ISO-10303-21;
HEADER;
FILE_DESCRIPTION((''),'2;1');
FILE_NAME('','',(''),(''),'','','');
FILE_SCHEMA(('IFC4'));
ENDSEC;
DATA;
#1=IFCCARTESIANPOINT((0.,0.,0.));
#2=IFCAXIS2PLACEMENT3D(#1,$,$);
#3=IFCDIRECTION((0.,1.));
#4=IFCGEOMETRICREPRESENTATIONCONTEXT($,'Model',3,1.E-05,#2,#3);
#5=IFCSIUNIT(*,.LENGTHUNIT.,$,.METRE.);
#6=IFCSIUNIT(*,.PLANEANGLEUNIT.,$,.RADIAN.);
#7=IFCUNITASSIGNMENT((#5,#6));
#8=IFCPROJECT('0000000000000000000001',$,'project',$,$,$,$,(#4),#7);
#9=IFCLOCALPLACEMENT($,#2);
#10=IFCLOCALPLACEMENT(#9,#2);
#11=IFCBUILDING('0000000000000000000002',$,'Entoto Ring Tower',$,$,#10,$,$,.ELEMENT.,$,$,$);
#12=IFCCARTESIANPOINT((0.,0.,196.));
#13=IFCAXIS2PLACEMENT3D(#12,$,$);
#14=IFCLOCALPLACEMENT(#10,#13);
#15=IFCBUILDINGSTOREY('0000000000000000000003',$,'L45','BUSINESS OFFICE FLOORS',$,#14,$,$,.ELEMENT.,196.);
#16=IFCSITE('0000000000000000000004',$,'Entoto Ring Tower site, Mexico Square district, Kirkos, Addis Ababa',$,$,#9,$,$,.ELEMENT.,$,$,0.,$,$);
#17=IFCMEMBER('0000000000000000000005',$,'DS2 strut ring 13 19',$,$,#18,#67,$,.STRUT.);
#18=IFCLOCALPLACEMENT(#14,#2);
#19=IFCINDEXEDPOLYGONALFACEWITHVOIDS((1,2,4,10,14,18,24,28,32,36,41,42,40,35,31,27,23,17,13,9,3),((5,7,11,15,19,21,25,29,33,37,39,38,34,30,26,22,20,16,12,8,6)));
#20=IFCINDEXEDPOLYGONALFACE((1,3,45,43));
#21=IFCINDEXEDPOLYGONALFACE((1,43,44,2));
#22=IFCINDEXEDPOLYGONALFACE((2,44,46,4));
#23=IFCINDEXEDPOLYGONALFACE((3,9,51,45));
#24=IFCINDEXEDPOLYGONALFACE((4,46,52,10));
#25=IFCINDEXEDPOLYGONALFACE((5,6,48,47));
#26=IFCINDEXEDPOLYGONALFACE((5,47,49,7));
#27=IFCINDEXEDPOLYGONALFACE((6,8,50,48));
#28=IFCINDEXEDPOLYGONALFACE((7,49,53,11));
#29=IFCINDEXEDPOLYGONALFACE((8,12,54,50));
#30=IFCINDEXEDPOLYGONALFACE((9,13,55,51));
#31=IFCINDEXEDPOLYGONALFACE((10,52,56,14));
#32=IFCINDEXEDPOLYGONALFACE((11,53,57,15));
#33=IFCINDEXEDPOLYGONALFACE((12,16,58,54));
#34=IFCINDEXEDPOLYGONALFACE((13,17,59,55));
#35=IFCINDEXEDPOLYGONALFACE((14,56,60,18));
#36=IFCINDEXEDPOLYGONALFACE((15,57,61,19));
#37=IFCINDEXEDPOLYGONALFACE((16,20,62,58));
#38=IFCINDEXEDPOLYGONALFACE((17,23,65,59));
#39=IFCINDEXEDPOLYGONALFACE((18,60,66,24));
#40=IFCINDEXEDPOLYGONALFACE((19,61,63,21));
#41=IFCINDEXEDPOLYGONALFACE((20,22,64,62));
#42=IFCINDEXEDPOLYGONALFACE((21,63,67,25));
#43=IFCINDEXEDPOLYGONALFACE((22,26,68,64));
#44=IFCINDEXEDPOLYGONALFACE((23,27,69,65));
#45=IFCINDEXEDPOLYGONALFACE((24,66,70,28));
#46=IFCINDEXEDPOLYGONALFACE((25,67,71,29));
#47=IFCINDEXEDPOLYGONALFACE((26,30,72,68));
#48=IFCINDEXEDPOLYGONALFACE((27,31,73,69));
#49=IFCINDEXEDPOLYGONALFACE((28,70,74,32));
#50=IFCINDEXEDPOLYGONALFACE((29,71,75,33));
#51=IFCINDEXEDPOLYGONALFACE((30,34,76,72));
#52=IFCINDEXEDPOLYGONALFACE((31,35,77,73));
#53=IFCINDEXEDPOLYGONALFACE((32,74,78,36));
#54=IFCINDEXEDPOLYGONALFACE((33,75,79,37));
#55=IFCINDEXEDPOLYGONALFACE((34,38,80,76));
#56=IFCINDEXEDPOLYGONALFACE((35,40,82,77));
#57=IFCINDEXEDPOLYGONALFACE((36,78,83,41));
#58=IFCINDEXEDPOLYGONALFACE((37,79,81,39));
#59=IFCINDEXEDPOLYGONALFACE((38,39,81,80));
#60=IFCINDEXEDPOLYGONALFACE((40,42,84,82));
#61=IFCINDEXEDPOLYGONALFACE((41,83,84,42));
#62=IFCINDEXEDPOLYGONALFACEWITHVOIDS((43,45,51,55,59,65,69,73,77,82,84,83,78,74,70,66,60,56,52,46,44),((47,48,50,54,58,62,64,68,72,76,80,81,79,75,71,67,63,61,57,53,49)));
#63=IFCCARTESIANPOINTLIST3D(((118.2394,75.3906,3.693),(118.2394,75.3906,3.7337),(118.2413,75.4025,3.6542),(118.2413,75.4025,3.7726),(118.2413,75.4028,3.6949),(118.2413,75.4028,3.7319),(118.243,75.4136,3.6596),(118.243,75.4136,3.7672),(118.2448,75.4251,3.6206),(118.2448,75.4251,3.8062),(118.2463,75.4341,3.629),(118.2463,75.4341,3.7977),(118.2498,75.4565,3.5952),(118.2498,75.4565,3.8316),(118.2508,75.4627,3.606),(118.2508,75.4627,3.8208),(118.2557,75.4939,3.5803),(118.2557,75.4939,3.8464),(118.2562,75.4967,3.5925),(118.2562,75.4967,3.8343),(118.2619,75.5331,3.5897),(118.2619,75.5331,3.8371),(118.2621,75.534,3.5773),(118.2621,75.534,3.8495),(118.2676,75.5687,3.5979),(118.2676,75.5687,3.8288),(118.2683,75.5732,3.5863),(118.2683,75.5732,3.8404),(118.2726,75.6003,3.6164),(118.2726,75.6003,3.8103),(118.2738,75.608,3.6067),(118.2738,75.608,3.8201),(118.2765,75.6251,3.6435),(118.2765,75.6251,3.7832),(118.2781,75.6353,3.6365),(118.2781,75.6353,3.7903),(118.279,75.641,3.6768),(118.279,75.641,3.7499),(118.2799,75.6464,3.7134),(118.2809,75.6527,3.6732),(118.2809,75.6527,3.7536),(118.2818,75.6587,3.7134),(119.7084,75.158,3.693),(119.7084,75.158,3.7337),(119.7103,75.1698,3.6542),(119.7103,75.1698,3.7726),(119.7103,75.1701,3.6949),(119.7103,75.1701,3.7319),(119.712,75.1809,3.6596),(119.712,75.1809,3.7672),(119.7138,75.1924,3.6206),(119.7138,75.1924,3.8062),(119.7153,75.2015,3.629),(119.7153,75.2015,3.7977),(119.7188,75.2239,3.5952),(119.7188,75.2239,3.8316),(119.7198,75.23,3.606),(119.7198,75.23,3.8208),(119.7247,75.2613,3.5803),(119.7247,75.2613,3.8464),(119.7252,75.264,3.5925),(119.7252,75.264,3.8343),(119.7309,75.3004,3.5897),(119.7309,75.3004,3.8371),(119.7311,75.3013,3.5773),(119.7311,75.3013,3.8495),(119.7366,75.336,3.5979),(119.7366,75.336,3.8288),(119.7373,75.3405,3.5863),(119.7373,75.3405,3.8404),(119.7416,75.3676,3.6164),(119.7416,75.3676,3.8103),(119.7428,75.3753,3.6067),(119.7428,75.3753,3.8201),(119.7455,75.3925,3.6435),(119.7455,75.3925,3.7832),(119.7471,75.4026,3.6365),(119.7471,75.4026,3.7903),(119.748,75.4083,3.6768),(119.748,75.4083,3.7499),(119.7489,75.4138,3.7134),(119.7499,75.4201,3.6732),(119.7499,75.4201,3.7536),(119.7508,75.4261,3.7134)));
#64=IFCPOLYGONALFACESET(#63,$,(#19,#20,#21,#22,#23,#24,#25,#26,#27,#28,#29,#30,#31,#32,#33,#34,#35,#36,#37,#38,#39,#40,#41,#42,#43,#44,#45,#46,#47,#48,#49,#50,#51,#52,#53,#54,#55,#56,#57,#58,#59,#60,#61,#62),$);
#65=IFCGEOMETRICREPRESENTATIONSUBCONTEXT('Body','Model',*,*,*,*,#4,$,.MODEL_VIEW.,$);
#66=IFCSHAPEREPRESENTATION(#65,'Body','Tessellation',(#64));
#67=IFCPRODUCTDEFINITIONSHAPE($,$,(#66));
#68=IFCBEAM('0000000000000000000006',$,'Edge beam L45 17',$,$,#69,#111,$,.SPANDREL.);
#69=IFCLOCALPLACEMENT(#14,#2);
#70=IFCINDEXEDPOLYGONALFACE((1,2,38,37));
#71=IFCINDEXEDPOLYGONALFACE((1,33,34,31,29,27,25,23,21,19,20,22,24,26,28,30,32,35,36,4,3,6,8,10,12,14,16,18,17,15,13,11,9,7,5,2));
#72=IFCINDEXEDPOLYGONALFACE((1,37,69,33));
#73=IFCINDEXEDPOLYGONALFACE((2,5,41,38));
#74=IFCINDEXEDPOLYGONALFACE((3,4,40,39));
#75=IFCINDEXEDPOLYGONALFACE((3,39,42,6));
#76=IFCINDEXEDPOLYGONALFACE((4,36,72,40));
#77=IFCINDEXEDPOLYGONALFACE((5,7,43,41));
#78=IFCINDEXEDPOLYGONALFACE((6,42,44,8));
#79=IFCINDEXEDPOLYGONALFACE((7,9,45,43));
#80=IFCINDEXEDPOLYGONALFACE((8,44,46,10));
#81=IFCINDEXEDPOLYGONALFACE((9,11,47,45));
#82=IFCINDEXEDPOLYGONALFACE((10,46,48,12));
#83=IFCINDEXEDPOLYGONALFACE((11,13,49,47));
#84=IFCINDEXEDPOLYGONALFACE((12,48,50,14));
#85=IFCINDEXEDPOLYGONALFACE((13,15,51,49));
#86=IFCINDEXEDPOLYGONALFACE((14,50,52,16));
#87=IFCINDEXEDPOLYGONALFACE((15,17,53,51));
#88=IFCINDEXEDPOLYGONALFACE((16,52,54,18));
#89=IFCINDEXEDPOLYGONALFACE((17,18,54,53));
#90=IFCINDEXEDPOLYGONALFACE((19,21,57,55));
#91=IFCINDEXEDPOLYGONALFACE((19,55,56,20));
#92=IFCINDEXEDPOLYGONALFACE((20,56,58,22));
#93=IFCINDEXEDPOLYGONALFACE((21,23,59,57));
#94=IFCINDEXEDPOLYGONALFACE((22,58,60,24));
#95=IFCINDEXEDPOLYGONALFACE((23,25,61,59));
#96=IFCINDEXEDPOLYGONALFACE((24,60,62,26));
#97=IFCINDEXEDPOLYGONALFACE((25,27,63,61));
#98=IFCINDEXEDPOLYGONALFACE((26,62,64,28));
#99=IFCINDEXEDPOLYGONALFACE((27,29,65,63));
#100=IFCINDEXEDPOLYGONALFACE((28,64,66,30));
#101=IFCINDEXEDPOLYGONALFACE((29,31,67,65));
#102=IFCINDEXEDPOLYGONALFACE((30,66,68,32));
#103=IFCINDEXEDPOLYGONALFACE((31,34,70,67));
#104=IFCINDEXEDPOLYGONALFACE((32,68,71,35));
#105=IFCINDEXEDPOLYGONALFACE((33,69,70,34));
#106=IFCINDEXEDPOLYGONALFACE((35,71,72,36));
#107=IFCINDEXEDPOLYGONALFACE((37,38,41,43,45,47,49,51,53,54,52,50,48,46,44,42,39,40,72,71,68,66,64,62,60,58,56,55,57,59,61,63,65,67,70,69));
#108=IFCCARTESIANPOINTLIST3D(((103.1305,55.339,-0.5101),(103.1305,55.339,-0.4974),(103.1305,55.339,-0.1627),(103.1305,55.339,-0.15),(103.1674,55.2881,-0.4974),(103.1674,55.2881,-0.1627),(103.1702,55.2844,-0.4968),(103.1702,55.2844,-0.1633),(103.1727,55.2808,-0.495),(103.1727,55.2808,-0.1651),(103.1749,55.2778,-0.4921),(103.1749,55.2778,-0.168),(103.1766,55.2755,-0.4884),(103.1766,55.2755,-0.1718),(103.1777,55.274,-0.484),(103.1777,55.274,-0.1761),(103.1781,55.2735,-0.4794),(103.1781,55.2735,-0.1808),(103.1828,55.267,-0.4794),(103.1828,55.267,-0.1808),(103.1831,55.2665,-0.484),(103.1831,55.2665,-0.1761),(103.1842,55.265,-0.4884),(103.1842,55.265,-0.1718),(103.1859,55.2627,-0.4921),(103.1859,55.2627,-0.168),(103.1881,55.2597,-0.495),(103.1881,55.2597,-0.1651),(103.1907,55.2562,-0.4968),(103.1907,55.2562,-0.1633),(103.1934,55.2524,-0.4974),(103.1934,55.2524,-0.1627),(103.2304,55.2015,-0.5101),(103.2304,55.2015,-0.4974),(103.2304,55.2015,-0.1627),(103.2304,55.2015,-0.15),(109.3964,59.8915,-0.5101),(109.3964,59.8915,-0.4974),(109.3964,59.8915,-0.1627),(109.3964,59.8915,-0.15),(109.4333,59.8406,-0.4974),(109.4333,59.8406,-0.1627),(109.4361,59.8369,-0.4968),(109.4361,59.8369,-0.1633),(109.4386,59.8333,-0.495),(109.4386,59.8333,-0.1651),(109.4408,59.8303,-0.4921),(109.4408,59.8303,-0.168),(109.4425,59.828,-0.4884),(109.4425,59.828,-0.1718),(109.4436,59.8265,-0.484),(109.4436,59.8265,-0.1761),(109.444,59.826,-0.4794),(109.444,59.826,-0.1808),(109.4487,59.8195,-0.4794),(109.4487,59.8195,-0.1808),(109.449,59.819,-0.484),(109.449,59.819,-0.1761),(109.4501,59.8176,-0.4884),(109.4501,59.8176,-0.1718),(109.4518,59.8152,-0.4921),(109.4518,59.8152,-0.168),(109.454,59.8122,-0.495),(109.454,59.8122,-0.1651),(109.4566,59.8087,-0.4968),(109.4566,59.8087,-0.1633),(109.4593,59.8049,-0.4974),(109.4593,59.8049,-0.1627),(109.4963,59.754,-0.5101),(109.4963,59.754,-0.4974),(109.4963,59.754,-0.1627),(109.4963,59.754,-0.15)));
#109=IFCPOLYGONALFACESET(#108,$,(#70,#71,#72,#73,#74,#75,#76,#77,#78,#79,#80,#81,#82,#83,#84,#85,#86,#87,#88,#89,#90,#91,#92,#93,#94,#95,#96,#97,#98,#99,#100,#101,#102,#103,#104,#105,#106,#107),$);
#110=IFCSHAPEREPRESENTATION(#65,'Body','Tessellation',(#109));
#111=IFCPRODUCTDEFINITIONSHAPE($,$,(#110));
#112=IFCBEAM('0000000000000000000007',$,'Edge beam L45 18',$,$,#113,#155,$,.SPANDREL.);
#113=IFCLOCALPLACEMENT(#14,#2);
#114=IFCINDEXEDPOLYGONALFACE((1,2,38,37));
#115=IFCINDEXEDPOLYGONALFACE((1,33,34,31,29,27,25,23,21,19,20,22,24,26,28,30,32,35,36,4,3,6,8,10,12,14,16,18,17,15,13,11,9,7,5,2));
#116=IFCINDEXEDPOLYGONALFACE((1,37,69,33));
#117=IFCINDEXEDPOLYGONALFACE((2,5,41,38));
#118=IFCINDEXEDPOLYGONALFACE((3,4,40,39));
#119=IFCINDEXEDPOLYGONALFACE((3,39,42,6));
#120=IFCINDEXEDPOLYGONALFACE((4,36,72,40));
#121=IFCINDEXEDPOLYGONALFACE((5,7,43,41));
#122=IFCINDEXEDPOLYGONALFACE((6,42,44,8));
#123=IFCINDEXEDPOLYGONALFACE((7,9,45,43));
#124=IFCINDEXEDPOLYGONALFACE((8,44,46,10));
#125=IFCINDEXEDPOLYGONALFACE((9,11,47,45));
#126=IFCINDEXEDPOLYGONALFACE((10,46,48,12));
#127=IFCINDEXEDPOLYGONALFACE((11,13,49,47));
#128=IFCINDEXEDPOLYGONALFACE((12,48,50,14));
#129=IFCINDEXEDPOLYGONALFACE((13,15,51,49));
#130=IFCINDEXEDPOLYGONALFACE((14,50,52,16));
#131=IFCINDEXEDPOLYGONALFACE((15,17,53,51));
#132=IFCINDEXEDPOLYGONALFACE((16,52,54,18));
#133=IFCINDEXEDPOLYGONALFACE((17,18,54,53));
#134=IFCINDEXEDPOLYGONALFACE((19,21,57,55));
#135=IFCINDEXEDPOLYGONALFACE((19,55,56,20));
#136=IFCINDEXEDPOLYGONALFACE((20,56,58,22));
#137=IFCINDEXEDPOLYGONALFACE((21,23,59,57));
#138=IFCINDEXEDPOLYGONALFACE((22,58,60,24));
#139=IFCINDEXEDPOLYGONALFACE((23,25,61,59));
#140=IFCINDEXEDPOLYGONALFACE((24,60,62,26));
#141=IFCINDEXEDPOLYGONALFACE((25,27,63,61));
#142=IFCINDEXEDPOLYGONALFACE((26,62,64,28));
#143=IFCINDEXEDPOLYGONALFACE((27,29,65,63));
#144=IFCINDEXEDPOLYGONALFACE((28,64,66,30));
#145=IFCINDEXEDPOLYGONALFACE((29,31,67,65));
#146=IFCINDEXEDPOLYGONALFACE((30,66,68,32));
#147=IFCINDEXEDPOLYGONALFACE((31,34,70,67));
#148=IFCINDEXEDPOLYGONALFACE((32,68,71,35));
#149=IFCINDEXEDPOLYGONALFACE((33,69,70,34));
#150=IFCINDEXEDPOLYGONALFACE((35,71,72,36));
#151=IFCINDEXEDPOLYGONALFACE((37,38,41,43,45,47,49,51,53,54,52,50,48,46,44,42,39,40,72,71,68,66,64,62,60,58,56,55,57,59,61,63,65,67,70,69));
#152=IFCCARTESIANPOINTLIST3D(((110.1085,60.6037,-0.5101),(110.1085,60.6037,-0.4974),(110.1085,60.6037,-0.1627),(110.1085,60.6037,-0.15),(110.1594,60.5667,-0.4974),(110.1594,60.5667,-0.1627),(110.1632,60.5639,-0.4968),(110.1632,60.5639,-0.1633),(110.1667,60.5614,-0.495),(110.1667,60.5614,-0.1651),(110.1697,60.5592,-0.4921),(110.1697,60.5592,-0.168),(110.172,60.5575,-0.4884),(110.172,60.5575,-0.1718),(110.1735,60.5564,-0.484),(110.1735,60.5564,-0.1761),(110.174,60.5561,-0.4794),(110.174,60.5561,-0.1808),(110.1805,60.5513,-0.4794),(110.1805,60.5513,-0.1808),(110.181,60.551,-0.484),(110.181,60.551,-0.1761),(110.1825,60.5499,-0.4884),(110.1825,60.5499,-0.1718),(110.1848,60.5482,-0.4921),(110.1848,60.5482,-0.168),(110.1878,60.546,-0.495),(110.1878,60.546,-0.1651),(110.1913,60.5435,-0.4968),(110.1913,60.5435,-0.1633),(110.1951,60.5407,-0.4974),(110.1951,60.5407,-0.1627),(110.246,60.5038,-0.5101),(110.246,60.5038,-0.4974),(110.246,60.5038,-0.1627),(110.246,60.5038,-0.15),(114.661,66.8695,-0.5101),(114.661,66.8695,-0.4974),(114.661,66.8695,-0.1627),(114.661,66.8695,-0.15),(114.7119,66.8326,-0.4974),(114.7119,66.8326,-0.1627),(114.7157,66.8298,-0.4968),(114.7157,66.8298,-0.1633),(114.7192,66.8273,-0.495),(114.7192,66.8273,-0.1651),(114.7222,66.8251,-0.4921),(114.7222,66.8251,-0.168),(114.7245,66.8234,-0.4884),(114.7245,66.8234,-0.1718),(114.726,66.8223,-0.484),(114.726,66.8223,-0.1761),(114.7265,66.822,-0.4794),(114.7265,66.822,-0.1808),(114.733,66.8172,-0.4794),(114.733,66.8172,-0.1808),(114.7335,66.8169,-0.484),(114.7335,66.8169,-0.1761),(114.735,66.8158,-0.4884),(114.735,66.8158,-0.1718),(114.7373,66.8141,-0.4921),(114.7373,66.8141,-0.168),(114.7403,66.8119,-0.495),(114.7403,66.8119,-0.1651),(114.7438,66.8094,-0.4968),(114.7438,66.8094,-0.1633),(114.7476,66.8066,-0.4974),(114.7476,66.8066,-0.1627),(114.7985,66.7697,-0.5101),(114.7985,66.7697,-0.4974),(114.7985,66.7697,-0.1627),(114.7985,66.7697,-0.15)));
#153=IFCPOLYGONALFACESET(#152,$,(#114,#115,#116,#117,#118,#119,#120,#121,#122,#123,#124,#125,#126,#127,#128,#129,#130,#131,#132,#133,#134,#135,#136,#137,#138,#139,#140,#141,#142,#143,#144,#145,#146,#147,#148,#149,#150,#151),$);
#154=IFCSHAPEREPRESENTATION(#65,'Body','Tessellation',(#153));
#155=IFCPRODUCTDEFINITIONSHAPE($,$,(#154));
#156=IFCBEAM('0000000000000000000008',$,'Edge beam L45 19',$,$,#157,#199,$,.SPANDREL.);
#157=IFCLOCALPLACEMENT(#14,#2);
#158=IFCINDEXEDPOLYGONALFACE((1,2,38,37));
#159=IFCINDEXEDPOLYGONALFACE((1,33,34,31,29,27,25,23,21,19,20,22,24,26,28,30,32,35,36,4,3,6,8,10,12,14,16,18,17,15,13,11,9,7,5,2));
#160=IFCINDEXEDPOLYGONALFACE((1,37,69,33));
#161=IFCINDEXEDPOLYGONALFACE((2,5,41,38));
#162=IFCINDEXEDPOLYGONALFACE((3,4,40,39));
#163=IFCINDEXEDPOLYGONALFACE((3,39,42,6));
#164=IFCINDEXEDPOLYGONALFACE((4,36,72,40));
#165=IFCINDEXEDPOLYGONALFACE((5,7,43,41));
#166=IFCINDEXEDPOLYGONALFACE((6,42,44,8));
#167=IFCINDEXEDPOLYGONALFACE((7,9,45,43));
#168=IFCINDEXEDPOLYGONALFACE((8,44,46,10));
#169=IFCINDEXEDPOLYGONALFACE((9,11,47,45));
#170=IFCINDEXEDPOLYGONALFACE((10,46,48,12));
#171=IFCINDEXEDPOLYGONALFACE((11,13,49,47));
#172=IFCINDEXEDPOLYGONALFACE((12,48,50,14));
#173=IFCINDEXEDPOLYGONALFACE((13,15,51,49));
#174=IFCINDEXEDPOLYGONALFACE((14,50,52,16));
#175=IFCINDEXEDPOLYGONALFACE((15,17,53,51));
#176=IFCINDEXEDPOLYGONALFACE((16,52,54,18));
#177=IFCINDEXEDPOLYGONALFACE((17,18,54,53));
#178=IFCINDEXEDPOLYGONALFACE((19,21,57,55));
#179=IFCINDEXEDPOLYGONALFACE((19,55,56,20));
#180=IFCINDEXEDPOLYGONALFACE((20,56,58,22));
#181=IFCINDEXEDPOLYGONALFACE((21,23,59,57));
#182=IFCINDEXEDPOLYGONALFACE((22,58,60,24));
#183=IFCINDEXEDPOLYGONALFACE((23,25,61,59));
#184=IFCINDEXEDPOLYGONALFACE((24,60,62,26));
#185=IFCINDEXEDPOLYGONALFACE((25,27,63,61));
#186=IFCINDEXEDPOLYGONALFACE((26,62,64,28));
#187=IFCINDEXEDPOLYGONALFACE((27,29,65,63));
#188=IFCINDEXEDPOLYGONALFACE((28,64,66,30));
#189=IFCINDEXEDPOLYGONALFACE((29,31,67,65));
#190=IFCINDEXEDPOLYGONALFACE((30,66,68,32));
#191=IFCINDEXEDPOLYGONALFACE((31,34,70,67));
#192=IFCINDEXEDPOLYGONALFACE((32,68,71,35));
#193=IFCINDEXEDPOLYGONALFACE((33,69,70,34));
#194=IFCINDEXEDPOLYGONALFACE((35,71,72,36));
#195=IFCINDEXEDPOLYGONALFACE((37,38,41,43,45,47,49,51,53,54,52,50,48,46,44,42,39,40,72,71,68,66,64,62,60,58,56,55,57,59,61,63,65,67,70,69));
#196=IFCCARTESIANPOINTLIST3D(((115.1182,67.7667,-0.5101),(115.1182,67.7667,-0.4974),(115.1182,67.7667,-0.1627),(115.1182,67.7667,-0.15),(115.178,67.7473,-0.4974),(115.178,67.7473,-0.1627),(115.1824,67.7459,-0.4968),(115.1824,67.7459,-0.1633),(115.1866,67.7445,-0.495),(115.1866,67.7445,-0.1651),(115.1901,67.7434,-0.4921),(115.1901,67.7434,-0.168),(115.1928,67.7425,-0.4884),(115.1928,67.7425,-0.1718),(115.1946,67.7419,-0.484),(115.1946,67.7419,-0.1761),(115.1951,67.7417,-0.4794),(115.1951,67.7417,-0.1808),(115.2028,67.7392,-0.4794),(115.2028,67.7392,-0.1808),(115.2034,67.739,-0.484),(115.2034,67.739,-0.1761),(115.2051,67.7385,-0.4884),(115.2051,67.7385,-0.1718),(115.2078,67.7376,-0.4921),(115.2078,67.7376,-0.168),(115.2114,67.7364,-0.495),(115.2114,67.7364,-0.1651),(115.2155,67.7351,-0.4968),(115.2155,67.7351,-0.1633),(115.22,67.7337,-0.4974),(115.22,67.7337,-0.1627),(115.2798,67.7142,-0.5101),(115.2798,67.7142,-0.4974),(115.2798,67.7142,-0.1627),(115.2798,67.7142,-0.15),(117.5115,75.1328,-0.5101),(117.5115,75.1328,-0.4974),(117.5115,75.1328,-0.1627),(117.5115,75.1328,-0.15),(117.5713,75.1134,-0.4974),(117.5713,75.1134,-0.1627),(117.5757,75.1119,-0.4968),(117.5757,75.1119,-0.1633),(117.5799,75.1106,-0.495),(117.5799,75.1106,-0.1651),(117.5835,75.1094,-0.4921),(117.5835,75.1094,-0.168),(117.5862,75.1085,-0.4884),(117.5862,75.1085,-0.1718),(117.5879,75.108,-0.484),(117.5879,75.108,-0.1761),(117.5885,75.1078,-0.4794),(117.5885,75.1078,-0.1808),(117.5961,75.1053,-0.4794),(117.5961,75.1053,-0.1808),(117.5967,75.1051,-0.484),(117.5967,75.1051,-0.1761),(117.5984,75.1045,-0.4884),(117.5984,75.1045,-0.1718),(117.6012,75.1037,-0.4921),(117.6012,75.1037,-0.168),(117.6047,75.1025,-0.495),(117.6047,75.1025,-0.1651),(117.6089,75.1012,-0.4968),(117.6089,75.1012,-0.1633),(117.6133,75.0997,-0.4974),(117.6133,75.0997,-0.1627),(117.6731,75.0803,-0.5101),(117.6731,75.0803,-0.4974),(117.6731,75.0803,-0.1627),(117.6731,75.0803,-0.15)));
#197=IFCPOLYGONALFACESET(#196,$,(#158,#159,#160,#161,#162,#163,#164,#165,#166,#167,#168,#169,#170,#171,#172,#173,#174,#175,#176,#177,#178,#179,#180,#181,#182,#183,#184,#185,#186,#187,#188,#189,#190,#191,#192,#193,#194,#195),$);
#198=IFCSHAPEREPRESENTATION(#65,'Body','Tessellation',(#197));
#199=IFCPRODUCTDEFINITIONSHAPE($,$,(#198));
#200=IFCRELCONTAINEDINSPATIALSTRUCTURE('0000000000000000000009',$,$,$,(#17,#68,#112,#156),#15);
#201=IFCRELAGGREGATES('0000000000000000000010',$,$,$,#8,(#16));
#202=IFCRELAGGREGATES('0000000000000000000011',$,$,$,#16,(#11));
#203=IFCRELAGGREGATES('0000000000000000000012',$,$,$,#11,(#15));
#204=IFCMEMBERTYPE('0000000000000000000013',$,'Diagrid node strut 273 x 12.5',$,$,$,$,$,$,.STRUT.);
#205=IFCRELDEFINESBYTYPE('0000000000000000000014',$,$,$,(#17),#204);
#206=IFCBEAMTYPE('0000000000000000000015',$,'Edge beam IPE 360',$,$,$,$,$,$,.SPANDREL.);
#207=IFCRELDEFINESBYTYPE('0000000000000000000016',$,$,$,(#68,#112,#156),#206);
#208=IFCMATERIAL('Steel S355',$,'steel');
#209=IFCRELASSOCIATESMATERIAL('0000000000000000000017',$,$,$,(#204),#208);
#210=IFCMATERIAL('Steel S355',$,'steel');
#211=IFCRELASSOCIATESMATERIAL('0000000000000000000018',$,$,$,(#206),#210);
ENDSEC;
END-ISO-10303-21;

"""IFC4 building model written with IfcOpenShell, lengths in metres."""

from ifc_helpers import new_model, si_unit, direction, frame, origin, origin_2d, place, context, subcontext, project, spatial, circle, hollow_circle, i_section, extrude, material, material_profile, profile_set, type_object, element, save


model = new_model("IFC4")

# Units and contexts
model_context = context("Model", 3, precision=1e-05, world=origin(), true_north=direction((0.0, 1.0)))
body_context = subcontext(model_context, "Body", "Model", "MODEL_VIEW")
ifc_project = project(units=[si_unit("LENGTHUNIT", "METRE"), si_unit("PLANEANGLEUNIT", "RADIAN")], contexts=[model_context])

# Site, building, storey
site_placement = place(None, origin())
site = spatial("IfcSite", under=ifc_project, at=site_placement, Name="Entoto Ring Tower site, Mexico Square district, Kirkos, Addis Ababa", CompositionType="ELEMENT", RefElevation=0.0)
building_placement = place(site_placement, origin())
building = spatial("IfcBuilding", under=site, at=building_placement, Name="Entoto Ring Tower", CompositionType="ELEMENT")
storey_placement = place(building_placement, frame((0.0, 0.0, 196.0)))
storey = spatial("IfcBuildingStorey", under=building, at=storey_placement, Name="L45", Description="BUSINESS OFFICE FLOORS", CompositionType="ELEMENT", Elevation=196.0)

# Member
ifc_material_1 = material(Name="Steel S355", Category="steel")
ifc_material_profile_1 = material_profile(ifc_material_1, hollow_circle(Radius=0.1365, WallThickness=0.0125, at=origin_2d()), Name="CHS 273 x 12.5")
ifc_material_2 = material(Name="Concrete C60/75", Category="concrete")
ifc_material_profile_2 = material_profile(ifc_material_2, circle(Radius=0.124, at=origin_2d()), Name="Concrete C60/75 infill")
ifc_profile_set_1 = profile_set([ifc_material_profile_1, ifc_material_profile_2], Name="Steel S355")
member_type = type_object("IfcMemberType", Name="Diagrid node strut 273 x 12.5", PredefinedType="STRUT", material=ifc_profile_set_1)
for number, where, z_axis, x_axis, name in (
    (1, (118.2605, 75.5239, 3.7134), (0.987688, -0.156435, 0.0), (0.156435, 0.987688, 0.0), "DS2 strut ring 13 19"),
):
    element("IfcMember", number, at=place(storey_placement, frame(where, z_axis=z_axis, x_axis=x_axis)), inside=storey, type_object=member_type, Name=name, PredefinedType="STRUT", context=body_context, shape_type="SweptSolid", body=[
        extrude(hollow_circle(Radius=0.1365, WallThickness=0.0125, at=origin_2d()), origin(), (0.0, 0.0, 1.0), 1.4873),
    ])

# Beams
ifc_material_3 = material(Name="Steel S355", Category="steel")
ifc_material_profile_3 = material_profile(ifc_material_3, i_section(OverallWidth=0.1699, OverallDepth=0.3601, WebThickness=0.0081, FlangeThickness=0.0127, FilletRadius=0.0181, at=origin_2d()), Name="IPE 360")
ifc_profile_set_2 = profile_set([ifc_material_profile_3], Name="Steel S355")
beam_type_1 = type_object("IfcBeamType", Name="Edge beam IPE 360", PredefinedType="SPANDREL", material=ifc_profile_set_2)
for number, where, z_axis, x_axis, name in (
    (2, (103.1804, 55.2703, -0.3301), (0.809013, 0.587791, 0.0), (-0.587791, 0.809013, 0.0), "Edge beam L45 17"),
    (3, (110.1772, 60.5537, -0.3301), (0.587791, 0.809013, 0.0), (-0.809013, 0.587791, 0.0), "Edge beam L45 18"),
    (4, (115.199, 67.7405, -0.3301), (0.309013, 0.951058, 0.0), (-0.951058, 0.309013, 0.0), "Edge beam L45 19"),
):
    element("IfcBeam", number, at=place(storey_placement, frame(where, z_axis=z_axis, x_axis=x_axis)), inside=storey, type_object=beam_type_1, Name=name, PredefinedType="SPANDREL", context=body_context, shape_type="SweptSolid", body=[
        extrude(i_section(OverallWidth=0.1699, OverallDepth=0.3601, WebThickness=0.0081, FlangeThickness=0.0127, FilletRadius=0.0181, at=origin_2d()), origin(), (0.0, 0.0, 1.0), 7.7451),
    ])

save(model, "model.ifc")
